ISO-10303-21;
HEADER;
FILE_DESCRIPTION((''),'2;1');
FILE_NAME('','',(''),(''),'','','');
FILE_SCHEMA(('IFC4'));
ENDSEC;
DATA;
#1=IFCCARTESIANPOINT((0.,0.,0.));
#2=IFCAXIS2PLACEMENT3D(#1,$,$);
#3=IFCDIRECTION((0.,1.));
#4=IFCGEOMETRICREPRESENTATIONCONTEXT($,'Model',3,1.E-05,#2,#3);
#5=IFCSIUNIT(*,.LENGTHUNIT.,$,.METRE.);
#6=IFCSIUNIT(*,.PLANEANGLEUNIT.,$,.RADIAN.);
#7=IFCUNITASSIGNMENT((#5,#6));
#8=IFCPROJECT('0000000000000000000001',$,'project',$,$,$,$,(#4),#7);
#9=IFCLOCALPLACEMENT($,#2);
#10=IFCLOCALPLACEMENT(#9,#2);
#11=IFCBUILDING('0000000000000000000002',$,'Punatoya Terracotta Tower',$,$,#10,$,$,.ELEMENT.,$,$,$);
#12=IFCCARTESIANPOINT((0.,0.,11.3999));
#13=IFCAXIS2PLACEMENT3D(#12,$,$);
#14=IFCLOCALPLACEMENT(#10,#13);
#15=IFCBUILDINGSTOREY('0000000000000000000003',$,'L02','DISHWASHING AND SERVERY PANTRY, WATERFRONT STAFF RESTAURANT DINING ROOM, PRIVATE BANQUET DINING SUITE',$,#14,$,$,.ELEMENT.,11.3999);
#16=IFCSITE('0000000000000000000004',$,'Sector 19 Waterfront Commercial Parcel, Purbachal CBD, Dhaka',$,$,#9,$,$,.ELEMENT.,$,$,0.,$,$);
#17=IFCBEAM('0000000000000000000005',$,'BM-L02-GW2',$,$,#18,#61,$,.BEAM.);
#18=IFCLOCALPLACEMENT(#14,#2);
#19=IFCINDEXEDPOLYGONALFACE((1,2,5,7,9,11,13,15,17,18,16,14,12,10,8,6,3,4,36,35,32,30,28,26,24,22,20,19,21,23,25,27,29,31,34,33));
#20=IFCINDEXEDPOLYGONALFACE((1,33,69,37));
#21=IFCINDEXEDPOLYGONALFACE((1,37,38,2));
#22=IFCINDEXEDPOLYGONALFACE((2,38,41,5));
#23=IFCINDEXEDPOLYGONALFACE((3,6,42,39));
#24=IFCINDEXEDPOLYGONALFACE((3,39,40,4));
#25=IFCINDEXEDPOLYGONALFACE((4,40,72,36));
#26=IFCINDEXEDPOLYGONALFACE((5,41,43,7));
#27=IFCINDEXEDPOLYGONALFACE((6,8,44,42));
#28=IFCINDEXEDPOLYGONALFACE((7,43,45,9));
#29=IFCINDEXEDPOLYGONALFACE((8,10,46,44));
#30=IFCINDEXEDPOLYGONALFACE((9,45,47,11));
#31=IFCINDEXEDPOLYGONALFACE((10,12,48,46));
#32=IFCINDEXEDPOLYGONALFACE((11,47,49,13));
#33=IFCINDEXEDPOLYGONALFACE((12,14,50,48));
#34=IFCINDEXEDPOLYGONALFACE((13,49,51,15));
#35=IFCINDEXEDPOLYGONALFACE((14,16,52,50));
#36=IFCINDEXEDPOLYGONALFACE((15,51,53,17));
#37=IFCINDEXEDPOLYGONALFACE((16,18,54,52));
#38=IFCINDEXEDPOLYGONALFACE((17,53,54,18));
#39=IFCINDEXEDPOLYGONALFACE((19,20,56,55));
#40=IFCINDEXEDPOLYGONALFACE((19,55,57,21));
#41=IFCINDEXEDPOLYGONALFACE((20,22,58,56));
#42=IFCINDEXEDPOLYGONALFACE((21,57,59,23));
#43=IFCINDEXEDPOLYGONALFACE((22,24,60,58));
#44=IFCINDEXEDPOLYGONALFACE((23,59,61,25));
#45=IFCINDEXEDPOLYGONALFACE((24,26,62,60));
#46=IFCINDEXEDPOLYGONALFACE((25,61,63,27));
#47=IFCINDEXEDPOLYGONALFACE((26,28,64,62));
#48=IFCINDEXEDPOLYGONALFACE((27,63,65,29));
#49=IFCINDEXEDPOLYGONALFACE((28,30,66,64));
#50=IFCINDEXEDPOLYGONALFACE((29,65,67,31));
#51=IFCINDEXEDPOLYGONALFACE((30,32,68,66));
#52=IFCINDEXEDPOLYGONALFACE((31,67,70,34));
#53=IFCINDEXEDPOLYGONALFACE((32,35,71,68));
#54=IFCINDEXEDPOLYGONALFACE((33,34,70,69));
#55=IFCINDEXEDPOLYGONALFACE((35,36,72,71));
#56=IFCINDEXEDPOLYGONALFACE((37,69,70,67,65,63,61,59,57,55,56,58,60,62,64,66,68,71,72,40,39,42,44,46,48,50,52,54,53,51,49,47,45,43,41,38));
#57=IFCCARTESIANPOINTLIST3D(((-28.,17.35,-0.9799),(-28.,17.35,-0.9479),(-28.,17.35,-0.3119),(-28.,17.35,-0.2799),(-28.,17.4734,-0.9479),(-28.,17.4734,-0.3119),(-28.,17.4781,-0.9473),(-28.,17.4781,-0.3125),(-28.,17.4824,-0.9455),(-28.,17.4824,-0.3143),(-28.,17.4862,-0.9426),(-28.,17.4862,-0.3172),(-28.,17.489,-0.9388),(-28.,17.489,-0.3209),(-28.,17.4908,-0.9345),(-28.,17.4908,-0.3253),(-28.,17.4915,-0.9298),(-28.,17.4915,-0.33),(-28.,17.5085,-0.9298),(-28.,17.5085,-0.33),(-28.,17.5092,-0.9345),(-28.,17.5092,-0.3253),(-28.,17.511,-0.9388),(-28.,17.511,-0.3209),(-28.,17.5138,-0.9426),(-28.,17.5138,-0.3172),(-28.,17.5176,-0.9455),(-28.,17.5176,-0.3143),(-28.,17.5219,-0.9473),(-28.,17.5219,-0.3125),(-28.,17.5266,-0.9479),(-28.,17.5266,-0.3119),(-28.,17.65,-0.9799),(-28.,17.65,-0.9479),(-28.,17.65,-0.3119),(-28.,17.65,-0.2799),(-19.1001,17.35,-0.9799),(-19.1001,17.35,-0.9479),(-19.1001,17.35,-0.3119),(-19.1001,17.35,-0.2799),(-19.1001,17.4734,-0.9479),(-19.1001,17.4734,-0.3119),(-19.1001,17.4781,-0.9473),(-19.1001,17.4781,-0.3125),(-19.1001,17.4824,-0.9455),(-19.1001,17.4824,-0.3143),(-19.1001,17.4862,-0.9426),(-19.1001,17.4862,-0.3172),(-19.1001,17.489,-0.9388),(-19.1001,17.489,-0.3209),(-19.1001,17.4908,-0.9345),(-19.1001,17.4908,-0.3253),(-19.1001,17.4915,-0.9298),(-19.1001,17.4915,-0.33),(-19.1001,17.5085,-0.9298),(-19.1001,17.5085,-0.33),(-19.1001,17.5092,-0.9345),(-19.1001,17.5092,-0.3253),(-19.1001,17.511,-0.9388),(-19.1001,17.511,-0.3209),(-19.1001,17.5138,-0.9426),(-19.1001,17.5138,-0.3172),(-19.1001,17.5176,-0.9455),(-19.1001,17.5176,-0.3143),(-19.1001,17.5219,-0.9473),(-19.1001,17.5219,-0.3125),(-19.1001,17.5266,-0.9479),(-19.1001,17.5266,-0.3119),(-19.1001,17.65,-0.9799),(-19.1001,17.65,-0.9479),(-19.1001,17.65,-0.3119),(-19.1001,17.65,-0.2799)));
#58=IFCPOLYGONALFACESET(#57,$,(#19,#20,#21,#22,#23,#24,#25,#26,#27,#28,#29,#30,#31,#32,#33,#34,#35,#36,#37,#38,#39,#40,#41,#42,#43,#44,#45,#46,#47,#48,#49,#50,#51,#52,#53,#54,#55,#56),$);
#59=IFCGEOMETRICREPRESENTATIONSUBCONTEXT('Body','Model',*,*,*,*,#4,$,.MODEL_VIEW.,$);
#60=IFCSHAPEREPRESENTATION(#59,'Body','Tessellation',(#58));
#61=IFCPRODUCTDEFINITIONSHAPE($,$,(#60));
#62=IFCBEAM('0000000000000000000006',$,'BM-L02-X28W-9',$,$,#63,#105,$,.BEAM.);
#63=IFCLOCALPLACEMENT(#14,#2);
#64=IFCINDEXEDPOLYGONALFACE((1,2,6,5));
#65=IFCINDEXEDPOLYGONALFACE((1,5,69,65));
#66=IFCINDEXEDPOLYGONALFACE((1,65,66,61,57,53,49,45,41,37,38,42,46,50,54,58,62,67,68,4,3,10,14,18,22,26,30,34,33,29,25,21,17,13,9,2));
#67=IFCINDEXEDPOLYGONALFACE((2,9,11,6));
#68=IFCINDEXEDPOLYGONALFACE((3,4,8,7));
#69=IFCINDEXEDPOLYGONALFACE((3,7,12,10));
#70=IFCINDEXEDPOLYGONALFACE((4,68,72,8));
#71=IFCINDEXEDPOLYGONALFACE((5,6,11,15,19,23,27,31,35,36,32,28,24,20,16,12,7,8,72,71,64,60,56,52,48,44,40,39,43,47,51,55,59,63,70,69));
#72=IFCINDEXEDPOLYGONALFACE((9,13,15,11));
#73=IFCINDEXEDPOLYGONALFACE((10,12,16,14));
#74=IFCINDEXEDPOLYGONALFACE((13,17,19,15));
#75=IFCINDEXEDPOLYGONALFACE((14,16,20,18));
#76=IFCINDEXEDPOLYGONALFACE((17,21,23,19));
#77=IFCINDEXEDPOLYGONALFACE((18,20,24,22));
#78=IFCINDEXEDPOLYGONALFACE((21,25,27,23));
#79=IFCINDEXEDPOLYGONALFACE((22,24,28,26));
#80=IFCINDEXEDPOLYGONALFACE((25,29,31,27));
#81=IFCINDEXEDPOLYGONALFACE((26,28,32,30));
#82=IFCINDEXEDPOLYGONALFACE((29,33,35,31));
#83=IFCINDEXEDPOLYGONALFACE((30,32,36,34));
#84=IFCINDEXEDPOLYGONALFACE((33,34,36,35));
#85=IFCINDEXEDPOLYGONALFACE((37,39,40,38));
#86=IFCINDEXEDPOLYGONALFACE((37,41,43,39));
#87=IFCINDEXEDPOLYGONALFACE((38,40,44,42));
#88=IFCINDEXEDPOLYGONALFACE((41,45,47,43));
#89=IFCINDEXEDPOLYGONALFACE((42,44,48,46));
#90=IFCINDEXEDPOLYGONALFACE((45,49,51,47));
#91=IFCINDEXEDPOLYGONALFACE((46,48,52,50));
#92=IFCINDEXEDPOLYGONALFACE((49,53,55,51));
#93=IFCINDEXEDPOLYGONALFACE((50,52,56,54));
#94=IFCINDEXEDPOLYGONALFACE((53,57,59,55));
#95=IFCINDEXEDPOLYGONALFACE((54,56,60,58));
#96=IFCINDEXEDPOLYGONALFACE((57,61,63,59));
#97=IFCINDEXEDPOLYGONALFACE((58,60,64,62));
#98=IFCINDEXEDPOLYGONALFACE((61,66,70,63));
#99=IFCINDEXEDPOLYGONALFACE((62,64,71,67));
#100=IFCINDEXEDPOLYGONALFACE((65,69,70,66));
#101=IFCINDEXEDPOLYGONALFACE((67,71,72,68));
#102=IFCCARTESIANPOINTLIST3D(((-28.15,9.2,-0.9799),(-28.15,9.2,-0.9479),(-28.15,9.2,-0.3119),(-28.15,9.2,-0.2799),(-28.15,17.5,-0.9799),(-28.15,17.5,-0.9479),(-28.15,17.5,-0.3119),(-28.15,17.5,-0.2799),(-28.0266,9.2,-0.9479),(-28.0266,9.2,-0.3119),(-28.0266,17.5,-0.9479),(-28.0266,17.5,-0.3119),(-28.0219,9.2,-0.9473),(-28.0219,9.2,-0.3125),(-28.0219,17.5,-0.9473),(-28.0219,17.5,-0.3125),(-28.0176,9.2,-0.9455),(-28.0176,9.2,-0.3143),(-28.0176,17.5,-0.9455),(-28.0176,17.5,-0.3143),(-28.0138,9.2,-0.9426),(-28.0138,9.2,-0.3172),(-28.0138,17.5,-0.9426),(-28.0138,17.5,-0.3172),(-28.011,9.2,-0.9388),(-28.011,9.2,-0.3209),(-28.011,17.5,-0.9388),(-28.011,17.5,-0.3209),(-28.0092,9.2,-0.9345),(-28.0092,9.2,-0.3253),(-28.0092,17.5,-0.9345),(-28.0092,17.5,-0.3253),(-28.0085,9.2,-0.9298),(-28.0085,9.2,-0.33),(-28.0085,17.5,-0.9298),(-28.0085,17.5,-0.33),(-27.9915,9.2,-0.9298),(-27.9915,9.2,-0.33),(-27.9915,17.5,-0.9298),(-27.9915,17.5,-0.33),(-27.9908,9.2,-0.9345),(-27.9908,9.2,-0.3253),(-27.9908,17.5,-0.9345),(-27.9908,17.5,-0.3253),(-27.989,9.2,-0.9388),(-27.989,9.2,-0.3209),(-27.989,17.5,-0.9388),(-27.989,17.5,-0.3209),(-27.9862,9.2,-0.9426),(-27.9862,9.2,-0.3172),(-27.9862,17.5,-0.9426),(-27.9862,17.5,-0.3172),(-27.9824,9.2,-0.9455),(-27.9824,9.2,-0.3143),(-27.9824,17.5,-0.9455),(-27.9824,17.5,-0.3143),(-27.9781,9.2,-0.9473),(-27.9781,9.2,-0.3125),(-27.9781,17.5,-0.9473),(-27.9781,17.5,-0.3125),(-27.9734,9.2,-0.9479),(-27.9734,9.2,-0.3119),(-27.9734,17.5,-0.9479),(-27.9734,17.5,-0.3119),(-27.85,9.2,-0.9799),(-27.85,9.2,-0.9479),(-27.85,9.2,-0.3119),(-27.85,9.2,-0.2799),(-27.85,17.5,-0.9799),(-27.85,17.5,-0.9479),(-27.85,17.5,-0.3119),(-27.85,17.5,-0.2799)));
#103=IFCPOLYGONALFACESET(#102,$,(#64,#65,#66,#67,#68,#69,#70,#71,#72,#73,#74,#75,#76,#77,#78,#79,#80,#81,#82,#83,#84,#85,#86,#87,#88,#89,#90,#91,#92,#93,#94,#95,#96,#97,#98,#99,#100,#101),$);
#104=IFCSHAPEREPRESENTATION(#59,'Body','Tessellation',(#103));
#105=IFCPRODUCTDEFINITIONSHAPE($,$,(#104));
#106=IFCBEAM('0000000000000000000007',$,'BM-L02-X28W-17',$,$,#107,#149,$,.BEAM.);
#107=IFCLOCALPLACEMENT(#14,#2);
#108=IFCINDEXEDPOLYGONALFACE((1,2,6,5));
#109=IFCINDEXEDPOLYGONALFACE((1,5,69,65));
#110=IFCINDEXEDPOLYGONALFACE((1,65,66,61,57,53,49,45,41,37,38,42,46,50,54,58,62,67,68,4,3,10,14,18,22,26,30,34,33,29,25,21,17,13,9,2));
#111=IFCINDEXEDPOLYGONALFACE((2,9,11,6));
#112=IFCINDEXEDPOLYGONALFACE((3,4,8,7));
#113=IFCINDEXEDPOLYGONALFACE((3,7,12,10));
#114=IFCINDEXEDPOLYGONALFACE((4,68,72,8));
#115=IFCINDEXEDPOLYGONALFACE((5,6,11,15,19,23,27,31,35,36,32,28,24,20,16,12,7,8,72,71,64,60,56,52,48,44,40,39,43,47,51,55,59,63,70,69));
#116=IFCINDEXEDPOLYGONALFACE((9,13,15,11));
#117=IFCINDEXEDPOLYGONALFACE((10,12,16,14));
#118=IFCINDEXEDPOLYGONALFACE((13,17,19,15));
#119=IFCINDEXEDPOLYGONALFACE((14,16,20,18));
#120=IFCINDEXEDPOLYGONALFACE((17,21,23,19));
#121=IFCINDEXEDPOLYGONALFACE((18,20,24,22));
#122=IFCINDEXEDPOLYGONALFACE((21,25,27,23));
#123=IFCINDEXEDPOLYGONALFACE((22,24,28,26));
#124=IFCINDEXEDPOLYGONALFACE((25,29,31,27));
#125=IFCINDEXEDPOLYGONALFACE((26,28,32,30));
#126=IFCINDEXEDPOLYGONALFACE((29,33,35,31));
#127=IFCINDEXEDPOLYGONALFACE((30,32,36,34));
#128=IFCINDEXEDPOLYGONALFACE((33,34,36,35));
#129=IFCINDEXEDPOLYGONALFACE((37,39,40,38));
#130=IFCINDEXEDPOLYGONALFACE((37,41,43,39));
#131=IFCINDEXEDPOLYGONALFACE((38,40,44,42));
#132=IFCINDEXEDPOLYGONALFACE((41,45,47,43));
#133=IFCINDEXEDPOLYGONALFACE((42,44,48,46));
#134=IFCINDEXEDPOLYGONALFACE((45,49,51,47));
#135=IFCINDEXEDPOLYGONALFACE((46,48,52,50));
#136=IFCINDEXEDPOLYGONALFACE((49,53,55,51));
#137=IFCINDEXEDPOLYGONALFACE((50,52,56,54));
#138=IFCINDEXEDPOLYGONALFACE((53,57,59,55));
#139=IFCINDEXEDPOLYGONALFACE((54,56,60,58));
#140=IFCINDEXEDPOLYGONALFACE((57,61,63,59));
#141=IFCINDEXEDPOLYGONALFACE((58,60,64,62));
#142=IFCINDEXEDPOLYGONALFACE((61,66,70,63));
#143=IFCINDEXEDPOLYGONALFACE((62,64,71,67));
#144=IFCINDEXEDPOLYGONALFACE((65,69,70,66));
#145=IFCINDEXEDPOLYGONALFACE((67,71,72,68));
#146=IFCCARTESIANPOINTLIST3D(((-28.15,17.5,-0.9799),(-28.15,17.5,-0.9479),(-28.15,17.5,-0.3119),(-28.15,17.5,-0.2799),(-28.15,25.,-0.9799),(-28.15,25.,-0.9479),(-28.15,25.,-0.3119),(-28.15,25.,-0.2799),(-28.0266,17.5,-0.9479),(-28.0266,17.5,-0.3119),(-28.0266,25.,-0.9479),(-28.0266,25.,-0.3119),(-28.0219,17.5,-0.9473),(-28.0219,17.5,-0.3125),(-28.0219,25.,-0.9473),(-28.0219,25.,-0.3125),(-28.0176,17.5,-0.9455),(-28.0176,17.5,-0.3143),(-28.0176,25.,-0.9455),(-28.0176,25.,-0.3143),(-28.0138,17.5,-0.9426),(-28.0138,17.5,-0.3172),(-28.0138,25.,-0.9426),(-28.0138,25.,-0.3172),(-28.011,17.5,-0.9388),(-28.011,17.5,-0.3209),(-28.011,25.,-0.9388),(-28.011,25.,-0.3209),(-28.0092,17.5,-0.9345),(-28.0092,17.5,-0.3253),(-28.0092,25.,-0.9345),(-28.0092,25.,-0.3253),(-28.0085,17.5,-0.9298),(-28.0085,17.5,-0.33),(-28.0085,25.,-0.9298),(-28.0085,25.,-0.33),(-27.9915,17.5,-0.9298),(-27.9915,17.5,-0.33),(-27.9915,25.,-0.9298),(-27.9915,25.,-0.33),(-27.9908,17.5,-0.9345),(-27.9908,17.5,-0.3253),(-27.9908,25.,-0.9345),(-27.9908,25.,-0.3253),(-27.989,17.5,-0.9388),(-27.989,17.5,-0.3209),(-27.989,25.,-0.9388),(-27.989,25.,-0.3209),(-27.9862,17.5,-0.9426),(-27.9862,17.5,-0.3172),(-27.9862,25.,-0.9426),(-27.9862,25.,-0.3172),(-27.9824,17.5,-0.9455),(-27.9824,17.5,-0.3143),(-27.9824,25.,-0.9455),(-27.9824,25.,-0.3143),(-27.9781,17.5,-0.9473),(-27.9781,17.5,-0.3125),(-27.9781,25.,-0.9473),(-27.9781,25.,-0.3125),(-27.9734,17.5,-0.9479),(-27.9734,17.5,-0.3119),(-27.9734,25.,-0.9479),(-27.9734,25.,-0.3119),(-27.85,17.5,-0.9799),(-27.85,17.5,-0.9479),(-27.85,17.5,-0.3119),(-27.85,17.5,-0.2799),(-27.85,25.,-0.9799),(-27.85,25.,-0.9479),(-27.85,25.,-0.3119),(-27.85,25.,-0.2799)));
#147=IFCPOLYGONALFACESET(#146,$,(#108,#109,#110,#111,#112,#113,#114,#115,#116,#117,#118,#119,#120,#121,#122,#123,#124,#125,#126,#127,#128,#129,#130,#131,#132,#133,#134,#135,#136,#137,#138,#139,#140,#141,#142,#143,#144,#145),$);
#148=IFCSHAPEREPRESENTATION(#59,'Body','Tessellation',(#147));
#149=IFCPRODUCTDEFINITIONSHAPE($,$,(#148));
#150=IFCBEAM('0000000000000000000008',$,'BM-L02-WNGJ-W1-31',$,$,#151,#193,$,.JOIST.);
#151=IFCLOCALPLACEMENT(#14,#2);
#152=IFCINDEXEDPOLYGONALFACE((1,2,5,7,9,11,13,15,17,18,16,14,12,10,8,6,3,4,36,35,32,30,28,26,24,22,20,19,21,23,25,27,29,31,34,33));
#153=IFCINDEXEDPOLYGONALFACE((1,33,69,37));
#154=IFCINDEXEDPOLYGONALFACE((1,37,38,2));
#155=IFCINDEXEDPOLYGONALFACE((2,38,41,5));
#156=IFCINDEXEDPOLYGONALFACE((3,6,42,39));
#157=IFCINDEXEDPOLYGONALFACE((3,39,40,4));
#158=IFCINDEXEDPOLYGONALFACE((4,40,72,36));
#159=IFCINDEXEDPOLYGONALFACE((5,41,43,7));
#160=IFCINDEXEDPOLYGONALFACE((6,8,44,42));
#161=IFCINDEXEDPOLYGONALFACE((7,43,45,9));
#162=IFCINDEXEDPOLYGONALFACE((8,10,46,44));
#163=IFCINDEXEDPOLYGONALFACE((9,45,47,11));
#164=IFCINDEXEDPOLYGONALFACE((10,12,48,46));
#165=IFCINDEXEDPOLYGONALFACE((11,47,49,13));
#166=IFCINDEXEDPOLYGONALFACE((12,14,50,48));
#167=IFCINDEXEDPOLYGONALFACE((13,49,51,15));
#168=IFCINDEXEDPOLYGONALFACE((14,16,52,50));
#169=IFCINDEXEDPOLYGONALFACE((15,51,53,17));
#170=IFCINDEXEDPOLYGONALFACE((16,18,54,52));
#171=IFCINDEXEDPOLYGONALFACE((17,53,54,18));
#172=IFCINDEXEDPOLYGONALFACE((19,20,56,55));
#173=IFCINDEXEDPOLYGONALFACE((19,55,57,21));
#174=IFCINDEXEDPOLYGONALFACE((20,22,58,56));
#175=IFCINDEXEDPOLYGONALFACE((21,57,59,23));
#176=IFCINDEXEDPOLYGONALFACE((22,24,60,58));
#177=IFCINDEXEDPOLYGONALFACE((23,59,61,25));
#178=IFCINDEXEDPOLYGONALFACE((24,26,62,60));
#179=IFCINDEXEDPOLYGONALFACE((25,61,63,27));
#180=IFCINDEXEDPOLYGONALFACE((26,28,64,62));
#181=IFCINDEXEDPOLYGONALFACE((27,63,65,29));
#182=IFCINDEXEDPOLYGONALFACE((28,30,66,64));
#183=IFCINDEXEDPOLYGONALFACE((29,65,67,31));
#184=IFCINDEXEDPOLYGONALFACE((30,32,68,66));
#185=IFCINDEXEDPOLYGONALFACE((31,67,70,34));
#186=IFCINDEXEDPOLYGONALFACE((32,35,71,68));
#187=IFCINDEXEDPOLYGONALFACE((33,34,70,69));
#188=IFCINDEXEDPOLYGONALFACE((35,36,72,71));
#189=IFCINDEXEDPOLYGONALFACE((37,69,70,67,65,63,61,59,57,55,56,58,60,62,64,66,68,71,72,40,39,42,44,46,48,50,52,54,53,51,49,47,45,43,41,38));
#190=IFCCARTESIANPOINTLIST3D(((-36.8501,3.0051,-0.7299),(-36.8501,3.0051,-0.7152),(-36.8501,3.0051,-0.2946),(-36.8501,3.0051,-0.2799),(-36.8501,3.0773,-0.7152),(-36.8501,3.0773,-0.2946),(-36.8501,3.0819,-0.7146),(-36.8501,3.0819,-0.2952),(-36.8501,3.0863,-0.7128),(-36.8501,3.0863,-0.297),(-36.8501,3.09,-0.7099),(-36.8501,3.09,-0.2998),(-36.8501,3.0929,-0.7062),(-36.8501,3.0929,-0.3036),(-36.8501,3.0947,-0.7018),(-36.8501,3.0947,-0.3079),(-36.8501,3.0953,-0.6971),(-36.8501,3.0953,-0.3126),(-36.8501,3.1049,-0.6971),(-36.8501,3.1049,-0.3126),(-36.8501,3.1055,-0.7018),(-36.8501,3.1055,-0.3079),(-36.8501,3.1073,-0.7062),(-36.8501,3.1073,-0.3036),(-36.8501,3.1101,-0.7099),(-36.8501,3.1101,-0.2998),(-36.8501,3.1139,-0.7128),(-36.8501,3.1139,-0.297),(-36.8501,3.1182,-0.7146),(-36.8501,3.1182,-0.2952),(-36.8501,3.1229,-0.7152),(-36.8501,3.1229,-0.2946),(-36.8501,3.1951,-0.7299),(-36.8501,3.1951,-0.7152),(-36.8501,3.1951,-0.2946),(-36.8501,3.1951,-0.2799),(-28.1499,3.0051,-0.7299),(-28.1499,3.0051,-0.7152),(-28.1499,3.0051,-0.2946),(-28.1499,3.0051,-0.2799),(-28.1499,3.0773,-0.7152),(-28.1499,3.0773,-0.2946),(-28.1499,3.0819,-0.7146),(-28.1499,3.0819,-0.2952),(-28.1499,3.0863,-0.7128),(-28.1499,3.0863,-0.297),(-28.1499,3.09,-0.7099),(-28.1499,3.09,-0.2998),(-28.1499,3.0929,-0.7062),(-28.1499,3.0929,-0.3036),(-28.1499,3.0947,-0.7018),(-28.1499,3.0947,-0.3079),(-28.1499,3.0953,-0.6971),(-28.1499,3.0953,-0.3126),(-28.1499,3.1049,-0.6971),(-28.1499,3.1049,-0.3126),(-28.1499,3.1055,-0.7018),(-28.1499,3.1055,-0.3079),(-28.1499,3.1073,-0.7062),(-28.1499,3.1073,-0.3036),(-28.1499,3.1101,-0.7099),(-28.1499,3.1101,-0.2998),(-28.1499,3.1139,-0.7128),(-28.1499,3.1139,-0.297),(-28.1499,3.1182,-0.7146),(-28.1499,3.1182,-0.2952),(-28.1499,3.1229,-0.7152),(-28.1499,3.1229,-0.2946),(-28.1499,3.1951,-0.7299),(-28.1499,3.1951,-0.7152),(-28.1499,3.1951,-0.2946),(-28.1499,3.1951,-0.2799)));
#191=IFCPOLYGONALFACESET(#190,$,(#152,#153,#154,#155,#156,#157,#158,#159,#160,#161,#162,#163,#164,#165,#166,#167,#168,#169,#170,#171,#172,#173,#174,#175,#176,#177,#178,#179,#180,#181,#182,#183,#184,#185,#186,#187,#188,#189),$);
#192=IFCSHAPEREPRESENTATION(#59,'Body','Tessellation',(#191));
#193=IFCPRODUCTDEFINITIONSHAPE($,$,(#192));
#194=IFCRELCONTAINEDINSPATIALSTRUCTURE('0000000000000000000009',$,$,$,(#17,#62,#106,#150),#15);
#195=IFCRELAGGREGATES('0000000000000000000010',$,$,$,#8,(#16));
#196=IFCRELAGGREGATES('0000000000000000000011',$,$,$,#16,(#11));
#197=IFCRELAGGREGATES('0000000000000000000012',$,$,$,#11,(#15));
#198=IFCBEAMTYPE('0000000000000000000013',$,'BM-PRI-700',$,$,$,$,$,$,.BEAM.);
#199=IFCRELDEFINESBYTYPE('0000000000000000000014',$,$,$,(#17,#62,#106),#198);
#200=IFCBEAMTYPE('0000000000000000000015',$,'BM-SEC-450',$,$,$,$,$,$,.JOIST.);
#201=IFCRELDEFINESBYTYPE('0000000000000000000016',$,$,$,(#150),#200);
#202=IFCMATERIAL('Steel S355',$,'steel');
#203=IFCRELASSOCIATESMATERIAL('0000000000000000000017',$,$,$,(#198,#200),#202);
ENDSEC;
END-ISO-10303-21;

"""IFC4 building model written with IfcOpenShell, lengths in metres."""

from ifc_helpers import new_model, si_unit, direction, frame, origin, origin_2d, place, context, subcontext, project, spatial, i_section, extrude, material, material_profile, profile_set, type_object, element, save


model = new_model("IFC4")

# Units and contexts
model_context = context("Model", 3, precision=1e-05, world=origin(), true_north=direction((0.0, 1.0)))
body_context = subcontext(model_context, "Body", "Model", "MODEL_VIEW")
ifc_project = project(units=[si_unit("LENGTHUNIT", "METRE"), si_unit("PLANEANGLEUNIT", "RADIAN")], contexts=[model_context])

# Site, building, storey
site_placement = place(None, origin())
site = spatial("IfcSite", under=ifc_project, at=site_placement, Name="Sector 19 Waterfront Commercial Parcel, Purbachal CBD, Dhaka", CompositionType="ELEMENT", RefElevation=0.0)
building_placement = place(site_placement, origin())
building = spatial("IfcBuilding", under=site, at=building_placement, Name="Punatoya Terracotta Tower", CompositionType="ELEMENT")
storey_placement = place(building_placement, frame((0.0, 0.0, 11.3999)))
storey = spatial("IfcBuildingStorey", under=building, at=storey_placement, Name="L02", Description="DISHWASHING AND SERVERY PANTRY, WATERFRONT STAFF RESTAURANT DINING ROOM, PRIVATE BANQUET DINING SUITE", CompositionType="ELEMENT", Elevation=11.3999)

# Beams
ifc_material_1 = material(Name="Steel S355", Category="steel")
ifc_material_profile_1 = material_profile(ifc_material_1, i_section(OverallWidth=0.3, OverallDepth=0.7, WebThickness=0.0171, FlangeThickness=0.032, FilletRadius=0.0181, at=origin_2d()))
ifc_profile_set_1 = profile_set([ifc_material_profile_1], Name="Steel S355")
beam_type_1 = type_object("IfcBeamType", Name="BM-PRI-700", PredefinedType="BEAM", material=ifc_profile_set_1)
beam_1_placement = place(storey_placement, frame((-28.0, 17.5, -0.6299), z_axis=(1.0, 0.0, 0.0), x_axis=(0.0, 1.0, 0.0)))
element("IfcBeam", 1, at=beam_1_placement, inside=storey, type_object=beam_type_1, Name="BM-L02-GW2", PredefinedType="BEAM", context=body_context, shape_type="SweptSolid", body=[
    extrude(i_section(OverallWidth=0.3, OverallDepth=0.7, WebThickness=0.0171, FlangeThickness=0.032, FilletRadius=0.0181, at=origin_2d()), origin(), (0.0, 0.0, 1.0), 8.8999),
])
beam_2_placement = place(storey_placement, frame((-28.0, 9.2, -0.6299), z_axis=(0.0, 1.0, 0.0), x_axis=(-1.0, 0.0, 0.0)))
element("IfcBeam", 2, at=beam_2_placement, inside=storey, type_object=beam_type_1, Name="BM-L02-X28W-9", PredefinedType="BEAM", context=body_context, shape_type="SweptSolid", body=[
    extrude(i_section(OverallWidth=0.3, OverallDepth=0.7, WebThickness=0.0171, FlangeThickness=0.032, FilletRadius=0.0181, at=origin_2d()), origin(), (0.0, 0.0, 1.0), 8.3),
])
beam_3_placement = place(storey_placement, frame((-28.0, 17.5, -0.6299), z_axis=(0.0, 1.0, 0.0), x_axis=(-1.0, 0.0, 0.0)))
element("IfcBeam", 3, at=beam_3_placement, inside=storey, type_object=beam_type_1, Name="BM-L02-X28W-17", PredefinedType="BEAM", context=body_context, shape_type="SweptSolid", body=[
    extrude(i_section(OverallWidth=0.3, OverallDepth=0.7, WebThickness=0.0171, FlangeThickness=0.032, FilletRadius=0.0181, at=origin_2d()), origin(), (0.0, 0.0, 1.0), 7.5),
])
ifc_material_profile_2 = material_profile(ifc_material_1, i_section(OverallWidth=0.1899, OverallDepth=0.45, WebThickness=0.0095, FlangeThickness=0.0146, FilletRadius=0.0181, at=origin_2d()))
ifc_profile_set_2 = profile_set([ifc_material_profile_2], Name="Steel S355")
beam_type_2 = type_object("IfcBeamType", Name="BM-SEC-450", PredefinedType="JOIST", material=ifc_profile_set_2)
beam_4_placement = place(storey_placement, frame((-36.8501, 3.1001, -0.5049), z_axis=(1.0, 0.0, 0.0), x_axis=(0.0, 1.0, 0.0)))
element("IfcBeam", 4, at=beam_4_placement, inside=storey, type_object=beam_type_2, Name="BM-L02-WNGJ-W1-31", PredefinedType="JOIST", context=body_context, shape_type="SweptSolid", body=[
    extrude(i_section(OverallWidth=0.1899, OverallDepth=0.45, WebThickness=0.0095, FlangeThickness=0.0146, FilletRadius=0.0181, at=origin_2d()), origin(), (0.0, 0.0, 1.0), 8.7002),
])

save(model, "model.ifc")
